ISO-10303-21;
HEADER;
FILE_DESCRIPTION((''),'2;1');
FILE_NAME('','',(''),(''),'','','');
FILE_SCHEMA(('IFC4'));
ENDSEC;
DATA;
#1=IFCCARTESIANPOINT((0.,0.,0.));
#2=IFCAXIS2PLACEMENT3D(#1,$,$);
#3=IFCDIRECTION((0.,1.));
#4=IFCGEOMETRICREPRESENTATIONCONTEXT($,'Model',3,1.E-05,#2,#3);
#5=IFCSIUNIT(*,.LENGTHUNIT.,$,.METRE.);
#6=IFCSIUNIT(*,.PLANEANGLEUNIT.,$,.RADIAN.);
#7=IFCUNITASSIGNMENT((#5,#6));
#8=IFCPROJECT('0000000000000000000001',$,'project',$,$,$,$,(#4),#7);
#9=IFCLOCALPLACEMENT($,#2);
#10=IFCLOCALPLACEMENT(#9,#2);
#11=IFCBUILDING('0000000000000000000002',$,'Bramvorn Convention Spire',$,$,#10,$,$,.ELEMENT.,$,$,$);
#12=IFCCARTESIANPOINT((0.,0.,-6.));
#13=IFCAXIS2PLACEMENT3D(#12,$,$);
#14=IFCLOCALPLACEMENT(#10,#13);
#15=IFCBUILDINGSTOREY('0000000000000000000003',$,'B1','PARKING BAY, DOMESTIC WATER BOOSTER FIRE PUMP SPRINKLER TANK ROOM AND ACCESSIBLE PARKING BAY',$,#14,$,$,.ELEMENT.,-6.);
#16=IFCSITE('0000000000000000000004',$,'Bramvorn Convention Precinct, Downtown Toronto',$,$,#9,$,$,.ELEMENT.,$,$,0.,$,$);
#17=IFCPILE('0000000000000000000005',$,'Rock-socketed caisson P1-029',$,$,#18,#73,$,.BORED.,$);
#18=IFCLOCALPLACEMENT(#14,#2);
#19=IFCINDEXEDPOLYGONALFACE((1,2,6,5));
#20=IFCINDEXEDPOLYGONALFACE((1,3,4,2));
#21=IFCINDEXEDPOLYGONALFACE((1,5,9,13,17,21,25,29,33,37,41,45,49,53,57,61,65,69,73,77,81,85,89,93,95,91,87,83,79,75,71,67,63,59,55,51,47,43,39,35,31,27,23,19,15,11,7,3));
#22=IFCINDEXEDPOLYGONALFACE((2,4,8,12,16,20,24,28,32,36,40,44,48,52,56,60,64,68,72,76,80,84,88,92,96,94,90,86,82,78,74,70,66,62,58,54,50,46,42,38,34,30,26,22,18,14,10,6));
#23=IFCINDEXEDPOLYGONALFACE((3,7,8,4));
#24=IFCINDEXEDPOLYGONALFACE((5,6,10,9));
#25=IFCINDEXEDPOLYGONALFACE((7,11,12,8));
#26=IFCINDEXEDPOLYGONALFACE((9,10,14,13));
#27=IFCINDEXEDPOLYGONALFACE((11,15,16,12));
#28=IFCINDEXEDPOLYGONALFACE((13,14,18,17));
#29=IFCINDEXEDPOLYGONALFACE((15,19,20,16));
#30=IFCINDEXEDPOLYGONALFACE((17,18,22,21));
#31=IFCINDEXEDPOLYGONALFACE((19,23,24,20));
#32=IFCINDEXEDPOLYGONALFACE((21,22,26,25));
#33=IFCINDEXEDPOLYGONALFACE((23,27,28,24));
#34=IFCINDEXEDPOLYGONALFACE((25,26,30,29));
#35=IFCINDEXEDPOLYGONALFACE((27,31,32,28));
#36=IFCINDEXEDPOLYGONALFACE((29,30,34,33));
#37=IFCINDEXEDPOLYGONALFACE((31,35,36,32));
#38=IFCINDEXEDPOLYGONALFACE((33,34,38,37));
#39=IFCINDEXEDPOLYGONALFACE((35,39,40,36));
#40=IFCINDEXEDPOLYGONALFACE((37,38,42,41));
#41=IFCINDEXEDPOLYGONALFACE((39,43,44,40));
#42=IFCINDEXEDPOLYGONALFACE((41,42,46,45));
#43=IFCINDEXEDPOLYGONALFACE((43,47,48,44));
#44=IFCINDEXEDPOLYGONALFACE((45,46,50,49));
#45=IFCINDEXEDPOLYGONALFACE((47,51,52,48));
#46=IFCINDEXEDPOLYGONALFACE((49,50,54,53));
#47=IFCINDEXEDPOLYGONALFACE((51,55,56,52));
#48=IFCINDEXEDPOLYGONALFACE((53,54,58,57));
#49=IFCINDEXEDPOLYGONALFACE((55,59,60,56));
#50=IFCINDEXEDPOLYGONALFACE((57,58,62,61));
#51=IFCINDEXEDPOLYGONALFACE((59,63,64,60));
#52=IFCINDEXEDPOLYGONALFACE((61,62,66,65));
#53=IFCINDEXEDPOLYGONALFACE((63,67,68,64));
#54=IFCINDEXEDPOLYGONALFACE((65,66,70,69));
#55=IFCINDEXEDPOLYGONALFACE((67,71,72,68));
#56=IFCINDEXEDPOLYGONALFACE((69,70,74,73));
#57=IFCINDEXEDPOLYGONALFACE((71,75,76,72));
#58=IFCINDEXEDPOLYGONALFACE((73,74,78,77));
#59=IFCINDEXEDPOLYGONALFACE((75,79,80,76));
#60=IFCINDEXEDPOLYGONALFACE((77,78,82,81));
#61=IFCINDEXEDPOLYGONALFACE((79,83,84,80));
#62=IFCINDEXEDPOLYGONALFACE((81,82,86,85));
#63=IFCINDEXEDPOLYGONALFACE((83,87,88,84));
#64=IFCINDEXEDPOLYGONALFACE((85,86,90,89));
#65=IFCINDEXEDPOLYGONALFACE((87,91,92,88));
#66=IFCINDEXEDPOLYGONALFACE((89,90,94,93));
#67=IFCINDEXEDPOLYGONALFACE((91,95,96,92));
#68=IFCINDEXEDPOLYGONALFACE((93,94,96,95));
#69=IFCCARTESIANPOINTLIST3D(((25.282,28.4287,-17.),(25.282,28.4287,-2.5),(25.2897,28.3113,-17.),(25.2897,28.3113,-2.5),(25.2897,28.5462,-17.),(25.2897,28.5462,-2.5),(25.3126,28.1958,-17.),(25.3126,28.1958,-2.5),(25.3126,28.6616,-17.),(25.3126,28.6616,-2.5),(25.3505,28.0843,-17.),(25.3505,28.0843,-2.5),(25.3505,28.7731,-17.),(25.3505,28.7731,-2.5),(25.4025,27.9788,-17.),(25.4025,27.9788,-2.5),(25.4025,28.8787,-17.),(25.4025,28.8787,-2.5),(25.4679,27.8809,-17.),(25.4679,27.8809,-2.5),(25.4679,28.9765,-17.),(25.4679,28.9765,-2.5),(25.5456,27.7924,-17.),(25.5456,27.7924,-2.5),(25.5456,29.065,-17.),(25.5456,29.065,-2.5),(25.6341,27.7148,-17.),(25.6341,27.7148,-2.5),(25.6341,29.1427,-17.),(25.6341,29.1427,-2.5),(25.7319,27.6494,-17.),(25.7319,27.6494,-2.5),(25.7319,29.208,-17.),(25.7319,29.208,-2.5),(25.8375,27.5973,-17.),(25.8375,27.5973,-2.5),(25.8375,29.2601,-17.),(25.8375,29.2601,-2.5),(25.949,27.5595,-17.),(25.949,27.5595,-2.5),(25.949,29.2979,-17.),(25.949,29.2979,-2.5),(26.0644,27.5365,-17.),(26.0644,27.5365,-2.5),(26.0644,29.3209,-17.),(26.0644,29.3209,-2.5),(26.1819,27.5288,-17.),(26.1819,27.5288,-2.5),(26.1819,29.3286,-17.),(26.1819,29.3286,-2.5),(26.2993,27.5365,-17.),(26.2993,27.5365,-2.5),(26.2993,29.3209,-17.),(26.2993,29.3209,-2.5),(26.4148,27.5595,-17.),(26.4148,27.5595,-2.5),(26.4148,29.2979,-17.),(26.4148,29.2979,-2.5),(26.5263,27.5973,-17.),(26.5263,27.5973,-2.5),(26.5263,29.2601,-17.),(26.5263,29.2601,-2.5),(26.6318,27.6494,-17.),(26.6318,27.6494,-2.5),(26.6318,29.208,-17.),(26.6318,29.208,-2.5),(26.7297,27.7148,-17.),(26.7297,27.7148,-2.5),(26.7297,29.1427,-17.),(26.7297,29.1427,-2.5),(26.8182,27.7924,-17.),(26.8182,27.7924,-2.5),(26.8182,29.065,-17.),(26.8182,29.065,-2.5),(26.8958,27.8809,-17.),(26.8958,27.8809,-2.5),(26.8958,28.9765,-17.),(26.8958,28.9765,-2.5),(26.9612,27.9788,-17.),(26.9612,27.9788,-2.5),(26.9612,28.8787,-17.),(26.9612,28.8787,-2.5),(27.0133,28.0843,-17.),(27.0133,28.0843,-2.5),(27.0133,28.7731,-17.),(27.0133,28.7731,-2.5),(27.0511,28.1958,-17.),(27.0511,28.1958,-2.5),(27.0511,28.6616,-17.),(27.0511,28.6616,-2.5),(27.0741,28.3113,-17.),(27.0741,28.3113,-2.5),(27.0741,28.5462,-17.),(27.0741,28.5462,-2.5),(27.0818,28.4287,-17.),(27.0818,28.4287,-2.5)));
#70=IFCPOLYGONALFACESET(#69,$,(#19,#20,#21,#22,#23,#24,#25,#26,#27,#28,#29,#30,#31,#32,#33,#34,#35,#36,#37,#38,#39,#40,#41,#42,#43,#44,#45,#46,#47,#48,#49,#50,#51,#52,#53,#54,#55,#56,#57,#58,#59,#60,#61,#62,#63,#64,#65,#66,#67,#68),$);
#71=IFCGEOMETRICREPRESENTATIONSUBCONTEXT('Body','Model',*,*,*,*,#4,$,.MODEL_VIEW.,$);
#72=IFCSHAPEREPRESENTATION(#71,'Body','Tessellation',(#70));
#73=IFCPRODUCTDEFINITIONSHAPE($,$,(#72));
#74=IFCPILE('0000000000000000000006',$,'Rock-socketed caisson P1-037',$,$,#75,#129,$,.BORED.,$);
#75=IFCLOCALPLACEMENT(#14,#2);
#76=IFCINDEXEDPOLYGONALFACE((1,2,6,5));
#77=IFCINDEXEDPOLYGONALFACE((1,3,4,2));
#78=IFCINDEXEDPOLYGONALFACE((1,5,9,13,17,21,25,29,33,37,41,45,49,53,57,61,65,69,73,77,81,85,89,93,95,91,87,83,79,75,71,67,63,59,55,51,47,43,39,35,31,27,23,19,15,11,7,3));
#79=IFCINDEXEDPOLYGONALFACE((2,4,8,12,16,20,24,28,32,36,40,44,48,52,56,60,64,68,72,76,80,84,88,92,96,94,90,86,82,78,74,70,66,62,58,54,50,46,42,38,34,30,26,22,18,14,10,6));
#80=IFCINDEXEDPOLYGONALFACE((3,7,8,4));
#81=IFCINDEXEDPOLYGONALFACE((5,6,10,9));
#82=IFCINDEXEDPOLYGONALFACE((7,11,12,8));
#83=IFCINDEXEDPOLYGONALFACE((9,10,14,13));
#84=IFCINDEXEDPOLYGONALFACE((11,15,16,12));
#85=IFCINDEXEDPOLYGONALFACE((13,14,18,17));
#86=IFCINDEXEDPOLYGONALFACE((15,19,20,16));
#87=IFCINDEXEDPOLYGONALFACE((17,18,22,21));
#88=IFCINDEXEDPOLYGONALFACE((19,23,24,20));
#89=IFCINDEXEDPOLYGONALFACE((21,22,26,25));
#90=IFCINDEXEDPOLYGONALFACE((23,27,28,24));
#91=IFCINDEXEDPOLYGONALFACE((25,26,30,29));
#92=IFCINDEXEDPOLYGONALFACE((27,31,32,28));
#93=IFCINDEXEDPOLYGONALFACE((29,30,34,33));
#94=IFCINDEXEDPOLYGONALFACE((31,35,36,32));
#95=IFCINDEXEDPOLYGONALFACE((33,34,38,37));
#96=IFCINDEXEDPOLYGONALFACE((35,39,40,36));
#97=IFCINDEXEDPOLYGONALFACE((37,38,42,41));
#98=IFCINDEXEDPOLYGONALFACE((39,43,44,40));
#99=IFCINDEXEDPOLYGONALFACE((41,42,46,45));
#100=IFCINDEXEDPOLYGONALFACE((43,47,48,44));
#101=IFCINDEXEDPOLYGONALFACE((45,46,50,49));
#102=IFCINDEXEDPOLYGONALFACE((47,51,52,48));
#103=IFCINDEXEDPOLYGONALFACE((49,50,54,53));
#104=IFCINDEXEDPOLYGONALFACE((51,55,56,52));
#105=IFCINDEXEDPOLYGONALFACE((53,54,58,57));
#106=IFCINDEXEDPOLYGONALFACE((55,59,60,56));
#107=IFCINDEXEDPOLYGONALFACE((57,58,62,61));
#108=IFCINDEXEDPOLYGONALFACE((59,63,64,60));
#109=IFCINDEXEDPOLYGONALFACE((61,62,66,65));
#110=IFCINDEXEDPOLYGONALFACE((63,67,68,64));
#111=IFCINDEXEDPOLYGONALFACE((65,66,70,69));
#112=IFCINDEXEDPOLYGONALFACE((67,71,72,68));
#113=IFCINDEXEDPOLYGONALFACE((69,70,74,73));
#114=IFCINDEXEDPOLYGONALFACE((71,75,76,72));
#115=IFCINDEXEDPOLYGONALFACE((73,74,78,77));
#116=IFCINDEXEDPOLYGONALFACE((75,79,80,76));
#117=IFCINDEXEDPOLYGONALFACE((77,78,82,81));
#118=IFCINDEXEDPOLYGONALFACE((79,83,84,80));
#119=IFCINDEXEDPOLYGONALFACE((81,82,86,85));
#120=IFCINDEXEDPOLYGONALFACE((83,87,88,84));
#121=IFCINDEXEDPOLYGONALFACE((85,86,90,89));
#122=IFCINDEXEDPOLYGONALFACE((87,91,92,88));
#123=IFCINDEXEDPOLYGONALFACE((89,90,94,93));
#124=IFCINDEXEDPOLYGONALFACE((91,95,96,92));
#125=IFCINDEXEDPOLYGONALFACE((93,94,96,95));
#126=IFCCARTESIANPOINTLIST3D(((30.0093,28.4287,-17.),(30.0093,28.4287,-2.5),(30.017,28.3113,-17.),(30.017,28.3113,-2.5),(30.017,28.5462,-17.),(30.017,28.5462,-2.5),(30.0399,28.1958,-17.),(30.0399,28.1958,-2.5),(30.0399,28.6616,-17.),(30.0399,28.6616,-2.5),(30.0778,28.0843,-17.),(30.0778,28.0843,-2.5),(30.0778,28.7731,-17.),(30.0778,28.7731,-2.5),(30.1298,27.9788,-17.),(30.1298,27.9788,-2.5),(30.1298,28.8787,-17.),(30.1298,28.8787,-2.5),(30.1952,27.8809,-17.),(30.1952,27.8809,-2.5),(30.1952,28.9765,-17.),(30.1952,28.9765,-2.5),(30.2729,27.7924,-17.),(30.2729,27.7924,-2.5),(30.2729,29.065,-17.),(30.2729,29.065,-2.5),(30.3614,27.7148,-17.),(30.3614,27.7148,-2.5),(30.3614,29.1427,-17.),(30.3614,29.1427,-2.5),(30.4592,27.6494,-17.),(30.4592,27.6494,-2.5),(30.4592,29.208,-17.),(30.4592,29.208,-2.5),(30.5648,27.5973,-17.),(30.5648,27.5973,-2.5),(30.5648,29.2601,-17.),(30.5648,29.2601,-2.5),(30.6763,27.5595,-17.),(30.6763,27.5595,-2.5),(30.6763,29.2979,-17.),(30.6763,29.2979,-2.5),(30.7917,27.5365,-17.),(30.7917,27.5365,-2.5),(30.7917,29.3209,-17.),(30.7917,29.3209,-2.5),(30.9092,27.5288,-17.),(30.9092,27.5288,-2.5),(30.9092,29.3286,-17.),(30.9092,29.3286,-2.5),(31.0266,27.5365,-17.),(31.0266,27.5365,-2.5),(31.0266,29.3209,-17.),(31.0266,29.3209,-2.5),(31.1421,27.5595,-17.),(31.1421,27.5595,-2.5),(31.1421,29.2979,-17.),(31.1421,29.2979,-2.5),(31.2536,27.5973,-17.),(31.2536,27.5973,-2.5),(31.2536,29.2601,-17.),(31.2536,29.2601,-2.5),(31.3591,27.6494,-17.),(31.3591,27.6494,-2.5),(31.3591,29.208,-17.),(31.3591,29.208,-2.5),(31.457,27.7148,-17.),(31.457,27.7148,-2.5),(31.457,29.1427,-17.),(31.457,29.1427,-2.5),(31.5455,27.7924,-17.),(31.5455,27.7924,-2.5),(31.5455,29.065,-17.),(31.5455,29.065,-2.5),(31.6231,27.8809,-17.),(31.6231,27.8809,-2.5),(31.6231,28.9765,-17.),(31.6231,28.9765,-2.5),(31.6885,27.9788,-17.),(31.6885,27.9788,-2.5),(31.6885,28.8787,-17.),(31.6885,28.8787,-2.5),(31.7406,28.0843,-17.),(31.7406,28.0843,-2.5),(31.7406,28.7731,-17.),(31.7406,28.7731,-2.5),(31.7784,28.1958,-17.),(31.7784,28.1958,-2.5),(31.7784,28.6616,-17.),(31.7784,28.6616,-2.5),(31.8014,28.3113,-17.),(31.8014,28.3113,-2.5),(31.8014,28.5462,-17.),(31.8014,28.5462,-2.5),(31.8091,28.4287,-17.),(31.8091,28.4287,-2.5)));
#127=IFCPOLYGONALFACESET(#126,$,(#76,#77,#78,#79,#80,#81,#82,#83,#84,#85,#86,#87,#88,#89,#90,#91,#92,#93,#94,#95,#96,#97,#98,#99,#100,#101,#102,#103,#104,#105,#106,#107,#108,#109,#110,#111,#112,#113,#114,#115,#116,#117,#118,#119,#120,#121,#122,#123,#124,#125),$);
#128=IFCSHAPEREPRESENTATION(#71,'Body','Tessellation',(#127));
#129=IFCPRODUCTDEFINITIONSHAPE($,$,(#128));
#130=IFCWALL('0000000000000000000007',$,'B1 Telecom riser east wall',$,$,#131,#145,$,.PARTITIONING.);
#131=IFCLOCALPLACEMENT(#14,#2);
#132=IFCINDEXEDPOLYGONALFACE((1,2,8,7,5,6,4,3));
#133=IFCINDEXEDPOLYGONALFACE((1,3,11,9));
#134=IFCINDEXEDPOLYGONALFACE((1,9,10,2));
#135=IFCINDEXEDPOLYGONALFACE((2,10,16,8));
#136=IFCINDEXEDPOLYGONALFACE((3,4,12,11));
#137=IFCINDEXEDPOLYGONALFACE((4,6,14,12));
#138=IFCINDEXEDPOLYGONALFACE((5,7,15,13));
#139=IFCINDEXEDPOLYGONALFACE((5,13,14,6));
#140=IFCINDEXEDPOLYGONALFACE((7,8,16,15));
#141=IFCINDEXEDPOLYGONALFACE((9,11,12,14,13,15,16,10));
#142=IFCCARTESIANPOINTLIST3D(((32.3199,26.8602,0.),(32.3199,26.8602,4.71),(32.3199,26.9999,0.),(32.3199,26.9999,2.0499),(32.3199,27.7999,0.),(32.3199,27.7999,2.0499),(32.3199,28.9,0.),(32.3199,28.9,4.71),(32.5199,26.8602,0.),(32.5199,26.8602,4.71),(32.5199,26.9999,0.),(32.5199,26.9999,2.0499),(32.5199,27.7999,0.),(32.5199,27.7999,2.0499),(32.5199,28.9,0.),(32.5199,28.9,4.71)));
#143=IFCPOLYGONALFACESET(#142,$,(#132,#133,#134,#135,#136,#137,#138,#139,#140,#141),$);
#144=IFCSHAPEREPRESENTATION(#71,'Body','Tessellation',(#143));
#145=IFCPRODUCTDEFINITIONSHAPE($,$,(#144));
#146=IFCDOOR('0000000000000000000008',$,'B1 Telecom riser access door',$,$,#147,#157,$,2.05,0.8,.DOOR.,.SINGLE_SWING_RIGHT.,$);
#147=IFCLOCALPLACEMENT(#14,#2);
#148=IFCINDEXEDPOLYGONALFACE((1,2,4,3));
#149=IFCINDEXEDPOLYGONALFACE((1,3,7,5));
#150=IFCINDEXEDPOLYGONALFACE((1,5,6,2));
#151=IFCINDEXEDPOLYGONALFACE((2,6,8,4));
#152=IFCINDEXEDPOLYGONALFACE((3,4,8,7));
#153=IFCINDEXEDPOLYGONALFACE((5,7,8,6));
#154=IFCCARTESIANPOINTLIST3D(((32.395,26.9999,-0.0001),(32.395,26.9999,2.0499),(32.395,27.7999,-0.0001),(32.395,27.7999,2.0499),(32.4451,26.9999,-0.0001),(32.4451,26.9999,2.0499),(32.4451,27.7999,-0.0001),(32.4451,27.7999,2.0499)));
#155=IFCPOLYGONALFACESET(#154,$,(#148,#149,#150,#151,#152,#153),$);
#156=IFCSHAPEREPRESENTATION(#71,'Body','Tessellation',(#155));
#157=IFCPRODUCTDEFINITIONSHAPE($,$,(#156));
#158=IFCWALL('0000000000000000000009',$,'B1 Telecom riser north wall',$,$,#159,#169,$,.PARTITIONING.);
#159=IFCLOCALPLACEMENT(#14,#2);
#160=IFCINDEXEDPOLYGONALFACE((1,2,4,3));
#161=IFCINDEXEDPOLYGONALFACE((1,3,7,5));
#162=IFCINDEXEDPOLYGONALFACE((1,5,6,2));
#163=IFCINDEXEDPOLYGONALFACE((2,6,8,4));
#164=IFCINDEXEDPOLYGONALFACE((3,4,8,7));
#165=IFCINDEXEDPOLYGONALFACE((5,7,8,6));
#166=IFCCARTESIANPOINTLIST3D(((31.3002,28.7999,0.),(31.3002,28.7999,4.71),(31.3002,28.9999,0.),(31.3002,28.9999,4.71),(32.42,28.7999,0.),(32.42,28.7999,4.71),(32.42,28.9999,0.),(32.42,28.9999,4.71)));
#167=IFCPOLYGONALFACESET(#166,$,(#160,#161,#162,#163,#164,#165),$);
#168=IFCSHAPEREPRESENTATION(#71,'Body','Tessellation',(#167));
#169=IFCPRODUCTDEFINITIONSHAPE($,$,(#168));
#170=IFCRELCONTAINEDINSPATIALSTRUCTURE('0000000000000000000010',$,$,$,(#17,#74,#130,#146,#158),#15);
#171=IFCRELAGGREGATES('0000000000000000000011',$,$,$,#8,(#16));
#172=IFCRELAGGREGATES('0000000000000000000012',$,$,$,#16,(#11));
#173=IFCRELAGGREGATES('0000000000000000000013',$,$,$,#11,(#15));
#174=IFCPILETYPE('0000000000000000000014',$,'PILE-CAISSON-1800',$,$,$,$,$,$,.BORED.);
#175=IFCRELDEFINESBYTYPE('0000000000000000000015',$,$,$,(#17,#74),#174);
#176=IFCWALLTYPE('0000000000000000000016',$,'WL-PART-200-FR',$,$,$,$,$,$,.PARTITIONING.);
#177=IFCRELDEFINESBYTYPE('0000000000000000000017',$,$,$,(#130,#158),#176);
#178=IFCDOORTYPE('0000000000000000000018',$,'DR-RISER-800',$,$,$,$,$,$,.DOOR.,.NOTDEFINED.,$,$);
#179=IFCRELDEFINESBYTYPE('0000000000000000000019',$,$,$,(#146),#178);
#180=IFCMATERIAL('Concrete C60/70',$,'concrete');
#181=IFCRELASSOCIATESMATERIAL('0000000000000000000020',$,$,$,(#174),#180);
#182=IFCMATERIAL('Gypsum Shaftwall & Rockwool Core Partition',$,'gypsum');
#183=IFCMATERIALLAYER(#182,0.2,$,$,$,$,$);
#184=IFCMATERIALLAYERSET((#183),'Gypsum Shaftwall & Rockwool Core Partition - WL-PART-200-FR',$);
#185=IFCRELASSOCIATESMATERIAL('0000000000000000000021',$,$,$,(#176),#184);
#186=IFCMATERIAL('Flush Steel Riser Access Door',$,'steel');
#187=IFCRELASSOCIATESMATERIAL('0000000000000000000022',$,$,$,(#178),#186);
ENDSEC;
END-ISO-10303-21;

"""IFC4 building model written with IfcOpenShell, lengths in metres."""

from ifc_helpers import new_model, si_unit, direction, frame, frame_2d, origin, origin_2d, place, context, subcontext, project, spatial, rectangle, circle, extrude, material, layer, layer_set, material_profile, profile_set, type_object, element, fill, save


model = new_model("IFC4")

# Units and contexts
model_context = context("Model", 3, precision=1e-05, world=origin(), true_north=direction((0.0, 1.0)))
body_context = subcontext(model_context, "Body", "Model", "MODEL_VIEW")
ifc_project = project(units=[si_unit("LENGTHUNIT", "METRE"), si_unit("PLANEANGLEUNIT", "RADIAN")], contexts=[model_context])

# Site, building, storey
site_placement = place(None, origin())
site = spatial("IfcSite", under=ifc_project, at=site_placement, Name="Bramvorn Convention Precinct, Downtown Toronto", CompositionType="ELEMENT", RefElevation=0.0)
building_placement = place(site_placement, origin())
building = spatial("IfcBuilding", under=site, at=building_placement, Name="Bramvorn Convention Spire", CompositionType="ELEMENT")
storey_placement = place(building_placement, frame((0.0, 0.0, -6.0)))
storey = spatial("IfcBuildingStorey", under=building, at=storey_placement, Name="B1", Description="PARKING BAY, DOMESTIC WATER BOOSTER FIRE PUMP SPRINKLER TANK ROOM AND ACCESSIBLE PARKING BAY", CompositionType="ELEMENT", Elevation=-6.0)

# Piles
ifc_material_1 = material(Name="Concrete C60/70", Category="concrete")
ifc_material_profile = material_profile(ifc_material_1, circle(Radius=0.8999, at=origin_2d()))
ifc_profile_set = profile_set([ifc_material_profile], Name="Concrete C60/70 - CAISSON1800")
pile_type = type_object("IfcPileType", Name="PILE-CAISSON-1800", PredefinedType="BORED", material=ifc_profile_set)
for number, where, z_axis, x_axis, name in (
    (1, (26.1819, 28.4287, -2.5), (0.0, 0.0, -1.0), (1.0, 0.0, 0.0), "Rock-socketed caisson P1-029"),
    (2, (30.9092, 28.4287, -2.5), (0.0, 0.0, -1.0), (1.0, 0.0, 0.0), "Rock-socketed caisson P1-037"),
):
    element("IfcPile", number, at=place(storey_placement, frame(where, z_axis=z_axis, x_axis=x_axis)), inside=storey, type_object=pile_type, Name=name, PredefinedType="BORED", context=body_context, shape_type="SweptSolid", body=[
        extrude(circle(Radius=0.8999, at=origin_2d()), origin(), (0.0, 0.0, 1.0), 14.5),
    ])

# Wall, opening, door
ifc_material_2 = material(Name="Gypsum Shaftwall & Rockwool Core Partition", Category="gypsum")
ifc_layer_1 = layer(ifc_material_2, 0.2)
ifc_layer_set_1 = layer_set([ifc_layer_1], Name="Gypsum Shaftwall & Rockwool Core Partition - WL-PART-200-FR")
wall_type_1 = type_object("IfcWallType", Name="WL-PART-200-FR", PredefinedType="PARTITIONING", material=ifc_layer_set_1)
wall_1_placement = place(storey_placement, frame((32.4199, 26.8601, 0.0), z_axis=(0.0, 0.0, 1.0), x_axis=(0.0, 1.0, 0.0)))
wall_1 = element("IfcWall", 3, at=wall_1_placement, inside=storey, type_object=wall_type_1, Name="B1 Telecom riser east wall", PredefinedType="PARTITIONING", context=body_context, shape_type="SweptSolid", body=[
    extrude(rectangle(XDim=2.0398, YDim=0.2, at=frame_2d((1.02, 0.0))), origin(), (0.0, 0.0, 1.0), 4.71),
])
opening_1_placement = place(wall_1_placement, frame((0.1399, 0.0, 0.0)))
opening_1 = element("IfcOpeningElement", 4, at=opening_1_placement, cuts=wall_1, PredefinedType="OPENING", context=body_context, shape_type="SweptSolid", body=[
    extrude(rectangle(XDim=0.8, YDim=2.05, at=frame_2d((0.3999, 1.0249))), frame((0.0, 0.1099, 0.0), z_axis=(0.0, -1.0, 0.0), x_axis=(1.0, 0.0, 0.0)), (0.0, 0.0, 1.0), 0.22),
])
ifc_material_3 = material(Name="Flush Steel Riser Access Door", Category="steel")
door_type_1 = type_object("IfcDoorType", Name="DR-RISER-800", OperationType="NOTDEFINED", PredefinedType="DOOR", material=ifc_material_3)
door_1_placement = place(opening_1_placement, origin())
door_1 = element("IfcDoor", 5, at=door_1_placement, inside=storey, type_object=door_type_1, Name="B1 Telecom riser access door", OperationType="SINGLE_SWING_RIGHT", OverallHeight=2.05, OverallWidth=0.8, PredefinedType="DOOR", context=body_context, shape_type="SweptSolid", body=[
    extrude(rectangle(XDim=0.8, YDim=2.05, at=frame_2d((0.3999, 1.0249))), frame((0.0, 0.0249, 0.0), z_axis=(0.0, -1.0, 0.0), x_axis=(1.0, 0.0, 0.0)), (0.0, 0.0, 1.0), 0.05),
])
fill(opening_1, door_1)

# Wall
wall_2_placement = place(storey_placement, frame((31.3, 28.8999, 0.0), z_axis=(0.0, 0.0, 1.0), x_axis=(1.0, 0.0, 0.0)))
element("IfcWall", 6, at=wall_2_placement, inside=storey, type_object=wall_type_1, Name="B1 Telecom riser north wall", PredefinedType="PARTITIONING", context=body_context, shape_type="SweptSolid", body=[
    extrude(rectangle(XDim=1.1199, YDim=0.2, at=frame_2d((0.5601, 0.0))), origin(), (0.0, 0.0, 1.0), 4.71),
])

save(model, "model.ifc")
